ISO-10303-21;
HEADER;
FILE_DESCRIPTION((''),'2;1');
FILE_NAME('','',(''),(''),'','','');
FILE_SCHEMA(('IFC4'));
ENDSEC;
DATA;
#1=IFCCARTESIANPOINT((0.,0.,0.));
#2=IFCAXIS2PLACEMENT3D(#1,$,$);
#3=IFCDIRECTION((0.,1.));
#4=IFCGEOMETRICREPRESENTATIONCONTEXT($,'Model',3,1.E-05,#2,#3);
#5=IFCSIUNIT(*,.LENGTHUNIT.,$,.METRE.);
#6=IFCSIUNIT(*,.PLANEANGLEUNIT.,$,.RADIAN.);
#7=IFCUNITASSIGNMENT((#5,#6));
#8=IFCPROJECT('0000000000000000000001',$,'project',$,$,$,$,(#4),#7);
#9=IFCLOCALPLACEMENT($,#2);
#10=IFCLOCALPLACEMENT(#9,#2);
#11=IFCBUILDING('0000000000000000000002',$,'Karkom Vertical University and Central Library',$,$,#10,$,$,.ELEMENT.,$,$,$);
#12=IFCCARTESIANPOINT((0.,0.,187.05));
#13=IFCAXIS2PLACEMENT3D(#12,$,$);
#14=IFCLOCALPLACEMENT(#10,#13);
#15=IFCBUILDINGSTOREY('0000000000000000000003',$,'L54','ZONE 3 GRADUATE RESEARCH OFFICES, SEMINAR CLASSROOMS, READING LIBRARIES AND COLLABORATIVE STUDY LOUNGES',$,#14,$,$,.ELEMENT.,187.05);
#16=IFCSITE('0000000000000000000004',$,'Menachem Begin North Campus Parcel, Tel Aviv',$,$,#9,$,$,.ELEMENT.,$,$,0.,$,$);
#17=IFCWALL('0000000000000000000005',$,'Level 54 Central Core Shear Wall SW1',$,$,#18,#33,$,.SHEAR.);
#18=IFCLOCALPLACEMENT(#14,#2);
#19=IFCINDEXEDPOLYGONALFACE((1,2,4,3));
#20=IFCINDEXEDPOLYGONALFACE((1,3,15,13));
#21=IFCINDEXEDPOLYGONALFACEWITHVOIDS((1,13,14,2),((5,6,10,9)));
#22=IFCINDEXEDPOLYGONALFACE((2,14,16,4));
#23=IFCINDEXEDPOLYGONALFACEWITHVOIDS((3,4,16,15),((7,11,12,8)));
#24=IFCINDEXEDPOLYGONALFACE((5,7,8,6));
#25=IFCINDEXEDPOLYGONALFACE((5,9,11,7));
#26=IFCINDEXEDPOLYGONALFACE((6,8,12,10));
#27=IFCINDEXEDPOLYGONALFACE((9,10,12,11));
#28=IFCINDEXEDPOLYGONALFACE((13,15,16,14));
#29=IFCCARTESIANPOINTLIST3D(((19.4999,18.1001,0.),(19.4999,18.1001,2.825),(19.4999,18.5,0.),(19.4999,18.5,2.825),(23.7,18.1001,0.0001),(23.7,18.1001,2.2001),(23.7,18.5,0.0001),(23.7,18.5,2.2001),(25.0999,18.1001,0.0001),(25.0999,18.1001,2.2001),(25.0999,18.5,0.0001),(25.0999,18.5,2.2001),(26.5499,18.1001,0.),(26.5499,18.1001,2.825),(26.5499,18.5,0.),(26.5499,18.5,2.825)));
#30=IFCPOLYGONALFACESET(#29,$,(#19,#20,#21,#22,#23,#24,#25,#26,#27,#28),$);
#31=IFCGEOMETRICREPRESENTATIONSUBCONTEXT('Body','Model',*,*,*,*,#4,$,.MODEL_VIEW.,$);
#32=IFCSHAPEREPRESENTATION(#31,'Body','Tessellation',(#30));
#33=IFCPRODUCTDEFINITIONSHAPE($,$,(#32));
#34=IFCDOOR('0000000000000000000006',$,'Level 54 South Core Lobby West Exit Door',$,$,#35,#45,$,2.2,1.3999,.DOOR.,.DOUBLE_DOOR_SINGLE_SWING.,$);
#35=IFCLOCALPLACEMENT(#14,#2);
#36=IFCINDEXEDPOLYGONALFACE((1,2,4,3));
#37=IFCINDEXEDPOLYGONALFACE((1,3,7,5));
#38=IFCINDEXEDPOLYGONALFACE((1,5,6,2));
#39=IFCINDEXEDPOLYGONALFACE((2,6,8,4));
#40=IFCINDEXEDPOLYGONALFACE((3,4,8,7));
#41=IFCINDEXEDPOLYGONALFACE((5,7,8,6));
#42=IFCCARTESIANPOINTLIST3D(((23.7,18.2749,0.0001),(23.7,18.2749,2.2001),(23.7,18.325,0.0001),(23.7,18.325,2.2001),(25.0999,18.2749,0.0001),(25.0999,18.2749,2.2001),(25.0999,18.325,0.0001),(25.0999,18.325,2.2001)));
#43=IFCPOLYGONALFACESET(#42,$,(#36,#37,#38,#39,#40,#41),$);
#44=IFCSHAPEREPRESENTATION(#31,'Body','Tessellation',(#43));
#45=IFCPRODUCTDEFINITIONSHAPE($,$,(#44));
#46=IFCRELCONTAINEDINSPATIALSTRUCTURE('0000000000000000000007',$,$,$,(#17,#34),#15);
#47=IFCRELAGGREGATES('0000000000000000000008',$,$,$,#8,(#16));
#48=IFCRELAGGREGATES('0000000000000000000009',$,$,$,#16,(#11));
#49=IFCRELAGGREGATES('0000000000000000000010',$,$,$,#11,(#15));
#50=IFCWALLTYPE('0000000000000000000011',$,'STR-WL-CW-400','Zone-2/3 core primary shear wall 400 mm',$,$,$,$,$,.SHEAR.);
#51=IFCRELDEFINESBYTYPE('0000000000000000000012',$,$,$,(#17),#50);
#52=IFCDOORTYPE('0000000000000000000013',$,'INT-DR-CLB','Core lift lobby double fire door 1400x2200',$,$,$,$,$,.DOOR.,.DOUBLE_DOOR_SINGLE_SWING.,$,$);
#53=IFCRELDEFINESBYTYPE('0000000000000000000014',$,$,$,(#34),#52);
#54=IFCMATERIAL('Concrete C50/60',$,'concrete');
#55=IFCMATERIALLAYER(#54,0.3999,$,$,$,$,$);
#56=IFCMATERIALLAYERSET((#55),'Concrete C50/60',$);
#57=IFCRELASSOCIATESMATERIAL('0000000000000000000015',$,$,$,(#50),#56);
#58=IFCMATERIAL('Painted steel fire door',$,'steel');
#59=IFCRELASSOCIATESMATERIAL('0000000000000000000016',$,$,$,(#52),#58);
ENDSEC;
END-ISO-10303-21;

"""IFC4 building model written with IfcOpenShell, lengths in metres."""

from ifc_helpers import new_model, si_unit, direction, frame, frame_2d, origin, origin_with_axes, place, context, subcontext, project, spatial, rectangle, extrude, source, transform, mapped, material, layer, layer_set, type_object, element, fill, save


model = new_model("IFC4")

# Units and contexts
model_context = context("Model", 3, precision=1e-05, world=origin(), true_north=direction((0.0, 1.0)))
body_context = subcontext(model_context, "Body", "Model", "MODEL_VIEW")
ifc_project = project(units=[si_unit("LENGTHUNIT", "METRE"), si_unit("PLANEANGLEUNIT", "RADIAN")], contexts=[model_context])

# Site, building, storey
site_placement = place(None, origin())
site = spatial("IfcSite", under=ifc_project, at=site_placement, Name="Menachem Begin North Campus Parcel, Tel Aviv", CompositionType="ELEMENT", RefElevation=0.0)
building_placement = place(site_placement, origin())
building = spatial("IfcBuilding", under=site, at=building_placement, Name="Karkom Vertical University and Central Library", CompositionType="ELEMENT")
storey_placement = place(building_placement, frame((0.0, 0.0, 187.05)))
storey = spatial("IfcBuildingStorey", under=building, at=storey_placement, Name="L54", Description="ZONE 3 GRADUATE RESEARCH OFFICES, SEMINAR CLASSROOMS, READING LIBRARIES AND COLLABORATIVE STUDY LOUNGES", CompositionType="ELEMENT", Elevation=187.05)

# Shared definitions
ifc_material_1 = material(Name="Concrete C50/60", Category="concrete")

# Wall, opening, door
ifc_layer_1 = layer(ifc_material_1, 0.3999)
ifc_layer_set_1 = layer_set([ifc_layer_1], Name="Concrete C50/60")
wall_type_1 = type_object("IfcWallType", Name="STR-WL-CW-400", Description="Zone-2/3 core primary shear wall 400 mm", PredefinedType="SHEAR", material=ifc_layer_set_1)
wall_1_placement = place(storey_placement, frame((19.5, 18.3, 0.0), z_axis=(0.0, 0.0, 1.0), x_axis=(1.0, 0.0, 0.0)))
wall_1 = element("IfcWall", 1, at=wall_1_placement, inside=storey, type_object=wall_type_1, Name="Level 54 Central Core Shear Wall SW1", PredefinedType="SHEAR", context=body_context, shape_type="SweptSolid", body=[
    extrude(rectangle(XDim=7.05, YDim=0.3999, at=frame_2d((3.5249, 0.0))), origin(), (0.0, 0.0, 1.0), 2.825),
])
opening_1_placement = place(wall_1_placement, frame((4.2, 0.0, 0.0)))
opening_1 = element("IfcOpeningElement", 2, at=opening_1_placement, cuts=wall_1, PredefinedType="OPENING", context=body_context, shape_type="SweptSolid", body=[
    extrude(rectangle(XDim=1.3999, YDim=2.2, at=frame_2d((0.7, 1.1001))), frame((0.0, 0.21, 0.0), z_axis=(0.0, -1.0, 0.0), x_axis=(1.0, 0.0, 0.0)), (0.0, 0.0, 1.0), 0.4199),
])
ifc_material_2 = material(Name="Painted steel fire door", Category="steel")
door_type_1 = type_object("IfcDoorType", Name="INT-DR-CLB", Description="Core lift lobby double fire door 1400x2200", OperationType="DOUBLE_DOOR_SINGLE_SWING", PredefinedType="DOOR", material=ifc_material_2)
shared_shape_1 = source(origin_with_axes(), body_context, "Body", "SweptSolid", [
    extrude(rectangle(XDim=1.3999, YDim=2.2, at=frame_2d((0.7, 1.1001))), frame((0.0, 0.0249, 0.0), z_axis=(0.0, -1.0, 0.0), x_axis=(1.0, 0.0, 0.0)), (0.0, 0.0, 1.0), 0.05),
])
door_1_placement = place(opening_1_placement, origin())
door_1 = element("IfcDoor", 3, at=door_1_placement, inside=storey, type_object=door_type_1, Name="Level 54 South Core Lobby West Exit Door", OperationType="DOUBLE_DOOR_SINGLE_SWING", OverallHeight=2.2, OverallWidth=1.3999, PredefinedType="DOOR", context=body_context, shape_type="MappedRepresentation", body=[
    mapped(shared_shape_1, transform((0.0, 0.0, 0.0), scale=1.0)),
])
fill(opening_1, door_1)

save(model, "model.ifc")
